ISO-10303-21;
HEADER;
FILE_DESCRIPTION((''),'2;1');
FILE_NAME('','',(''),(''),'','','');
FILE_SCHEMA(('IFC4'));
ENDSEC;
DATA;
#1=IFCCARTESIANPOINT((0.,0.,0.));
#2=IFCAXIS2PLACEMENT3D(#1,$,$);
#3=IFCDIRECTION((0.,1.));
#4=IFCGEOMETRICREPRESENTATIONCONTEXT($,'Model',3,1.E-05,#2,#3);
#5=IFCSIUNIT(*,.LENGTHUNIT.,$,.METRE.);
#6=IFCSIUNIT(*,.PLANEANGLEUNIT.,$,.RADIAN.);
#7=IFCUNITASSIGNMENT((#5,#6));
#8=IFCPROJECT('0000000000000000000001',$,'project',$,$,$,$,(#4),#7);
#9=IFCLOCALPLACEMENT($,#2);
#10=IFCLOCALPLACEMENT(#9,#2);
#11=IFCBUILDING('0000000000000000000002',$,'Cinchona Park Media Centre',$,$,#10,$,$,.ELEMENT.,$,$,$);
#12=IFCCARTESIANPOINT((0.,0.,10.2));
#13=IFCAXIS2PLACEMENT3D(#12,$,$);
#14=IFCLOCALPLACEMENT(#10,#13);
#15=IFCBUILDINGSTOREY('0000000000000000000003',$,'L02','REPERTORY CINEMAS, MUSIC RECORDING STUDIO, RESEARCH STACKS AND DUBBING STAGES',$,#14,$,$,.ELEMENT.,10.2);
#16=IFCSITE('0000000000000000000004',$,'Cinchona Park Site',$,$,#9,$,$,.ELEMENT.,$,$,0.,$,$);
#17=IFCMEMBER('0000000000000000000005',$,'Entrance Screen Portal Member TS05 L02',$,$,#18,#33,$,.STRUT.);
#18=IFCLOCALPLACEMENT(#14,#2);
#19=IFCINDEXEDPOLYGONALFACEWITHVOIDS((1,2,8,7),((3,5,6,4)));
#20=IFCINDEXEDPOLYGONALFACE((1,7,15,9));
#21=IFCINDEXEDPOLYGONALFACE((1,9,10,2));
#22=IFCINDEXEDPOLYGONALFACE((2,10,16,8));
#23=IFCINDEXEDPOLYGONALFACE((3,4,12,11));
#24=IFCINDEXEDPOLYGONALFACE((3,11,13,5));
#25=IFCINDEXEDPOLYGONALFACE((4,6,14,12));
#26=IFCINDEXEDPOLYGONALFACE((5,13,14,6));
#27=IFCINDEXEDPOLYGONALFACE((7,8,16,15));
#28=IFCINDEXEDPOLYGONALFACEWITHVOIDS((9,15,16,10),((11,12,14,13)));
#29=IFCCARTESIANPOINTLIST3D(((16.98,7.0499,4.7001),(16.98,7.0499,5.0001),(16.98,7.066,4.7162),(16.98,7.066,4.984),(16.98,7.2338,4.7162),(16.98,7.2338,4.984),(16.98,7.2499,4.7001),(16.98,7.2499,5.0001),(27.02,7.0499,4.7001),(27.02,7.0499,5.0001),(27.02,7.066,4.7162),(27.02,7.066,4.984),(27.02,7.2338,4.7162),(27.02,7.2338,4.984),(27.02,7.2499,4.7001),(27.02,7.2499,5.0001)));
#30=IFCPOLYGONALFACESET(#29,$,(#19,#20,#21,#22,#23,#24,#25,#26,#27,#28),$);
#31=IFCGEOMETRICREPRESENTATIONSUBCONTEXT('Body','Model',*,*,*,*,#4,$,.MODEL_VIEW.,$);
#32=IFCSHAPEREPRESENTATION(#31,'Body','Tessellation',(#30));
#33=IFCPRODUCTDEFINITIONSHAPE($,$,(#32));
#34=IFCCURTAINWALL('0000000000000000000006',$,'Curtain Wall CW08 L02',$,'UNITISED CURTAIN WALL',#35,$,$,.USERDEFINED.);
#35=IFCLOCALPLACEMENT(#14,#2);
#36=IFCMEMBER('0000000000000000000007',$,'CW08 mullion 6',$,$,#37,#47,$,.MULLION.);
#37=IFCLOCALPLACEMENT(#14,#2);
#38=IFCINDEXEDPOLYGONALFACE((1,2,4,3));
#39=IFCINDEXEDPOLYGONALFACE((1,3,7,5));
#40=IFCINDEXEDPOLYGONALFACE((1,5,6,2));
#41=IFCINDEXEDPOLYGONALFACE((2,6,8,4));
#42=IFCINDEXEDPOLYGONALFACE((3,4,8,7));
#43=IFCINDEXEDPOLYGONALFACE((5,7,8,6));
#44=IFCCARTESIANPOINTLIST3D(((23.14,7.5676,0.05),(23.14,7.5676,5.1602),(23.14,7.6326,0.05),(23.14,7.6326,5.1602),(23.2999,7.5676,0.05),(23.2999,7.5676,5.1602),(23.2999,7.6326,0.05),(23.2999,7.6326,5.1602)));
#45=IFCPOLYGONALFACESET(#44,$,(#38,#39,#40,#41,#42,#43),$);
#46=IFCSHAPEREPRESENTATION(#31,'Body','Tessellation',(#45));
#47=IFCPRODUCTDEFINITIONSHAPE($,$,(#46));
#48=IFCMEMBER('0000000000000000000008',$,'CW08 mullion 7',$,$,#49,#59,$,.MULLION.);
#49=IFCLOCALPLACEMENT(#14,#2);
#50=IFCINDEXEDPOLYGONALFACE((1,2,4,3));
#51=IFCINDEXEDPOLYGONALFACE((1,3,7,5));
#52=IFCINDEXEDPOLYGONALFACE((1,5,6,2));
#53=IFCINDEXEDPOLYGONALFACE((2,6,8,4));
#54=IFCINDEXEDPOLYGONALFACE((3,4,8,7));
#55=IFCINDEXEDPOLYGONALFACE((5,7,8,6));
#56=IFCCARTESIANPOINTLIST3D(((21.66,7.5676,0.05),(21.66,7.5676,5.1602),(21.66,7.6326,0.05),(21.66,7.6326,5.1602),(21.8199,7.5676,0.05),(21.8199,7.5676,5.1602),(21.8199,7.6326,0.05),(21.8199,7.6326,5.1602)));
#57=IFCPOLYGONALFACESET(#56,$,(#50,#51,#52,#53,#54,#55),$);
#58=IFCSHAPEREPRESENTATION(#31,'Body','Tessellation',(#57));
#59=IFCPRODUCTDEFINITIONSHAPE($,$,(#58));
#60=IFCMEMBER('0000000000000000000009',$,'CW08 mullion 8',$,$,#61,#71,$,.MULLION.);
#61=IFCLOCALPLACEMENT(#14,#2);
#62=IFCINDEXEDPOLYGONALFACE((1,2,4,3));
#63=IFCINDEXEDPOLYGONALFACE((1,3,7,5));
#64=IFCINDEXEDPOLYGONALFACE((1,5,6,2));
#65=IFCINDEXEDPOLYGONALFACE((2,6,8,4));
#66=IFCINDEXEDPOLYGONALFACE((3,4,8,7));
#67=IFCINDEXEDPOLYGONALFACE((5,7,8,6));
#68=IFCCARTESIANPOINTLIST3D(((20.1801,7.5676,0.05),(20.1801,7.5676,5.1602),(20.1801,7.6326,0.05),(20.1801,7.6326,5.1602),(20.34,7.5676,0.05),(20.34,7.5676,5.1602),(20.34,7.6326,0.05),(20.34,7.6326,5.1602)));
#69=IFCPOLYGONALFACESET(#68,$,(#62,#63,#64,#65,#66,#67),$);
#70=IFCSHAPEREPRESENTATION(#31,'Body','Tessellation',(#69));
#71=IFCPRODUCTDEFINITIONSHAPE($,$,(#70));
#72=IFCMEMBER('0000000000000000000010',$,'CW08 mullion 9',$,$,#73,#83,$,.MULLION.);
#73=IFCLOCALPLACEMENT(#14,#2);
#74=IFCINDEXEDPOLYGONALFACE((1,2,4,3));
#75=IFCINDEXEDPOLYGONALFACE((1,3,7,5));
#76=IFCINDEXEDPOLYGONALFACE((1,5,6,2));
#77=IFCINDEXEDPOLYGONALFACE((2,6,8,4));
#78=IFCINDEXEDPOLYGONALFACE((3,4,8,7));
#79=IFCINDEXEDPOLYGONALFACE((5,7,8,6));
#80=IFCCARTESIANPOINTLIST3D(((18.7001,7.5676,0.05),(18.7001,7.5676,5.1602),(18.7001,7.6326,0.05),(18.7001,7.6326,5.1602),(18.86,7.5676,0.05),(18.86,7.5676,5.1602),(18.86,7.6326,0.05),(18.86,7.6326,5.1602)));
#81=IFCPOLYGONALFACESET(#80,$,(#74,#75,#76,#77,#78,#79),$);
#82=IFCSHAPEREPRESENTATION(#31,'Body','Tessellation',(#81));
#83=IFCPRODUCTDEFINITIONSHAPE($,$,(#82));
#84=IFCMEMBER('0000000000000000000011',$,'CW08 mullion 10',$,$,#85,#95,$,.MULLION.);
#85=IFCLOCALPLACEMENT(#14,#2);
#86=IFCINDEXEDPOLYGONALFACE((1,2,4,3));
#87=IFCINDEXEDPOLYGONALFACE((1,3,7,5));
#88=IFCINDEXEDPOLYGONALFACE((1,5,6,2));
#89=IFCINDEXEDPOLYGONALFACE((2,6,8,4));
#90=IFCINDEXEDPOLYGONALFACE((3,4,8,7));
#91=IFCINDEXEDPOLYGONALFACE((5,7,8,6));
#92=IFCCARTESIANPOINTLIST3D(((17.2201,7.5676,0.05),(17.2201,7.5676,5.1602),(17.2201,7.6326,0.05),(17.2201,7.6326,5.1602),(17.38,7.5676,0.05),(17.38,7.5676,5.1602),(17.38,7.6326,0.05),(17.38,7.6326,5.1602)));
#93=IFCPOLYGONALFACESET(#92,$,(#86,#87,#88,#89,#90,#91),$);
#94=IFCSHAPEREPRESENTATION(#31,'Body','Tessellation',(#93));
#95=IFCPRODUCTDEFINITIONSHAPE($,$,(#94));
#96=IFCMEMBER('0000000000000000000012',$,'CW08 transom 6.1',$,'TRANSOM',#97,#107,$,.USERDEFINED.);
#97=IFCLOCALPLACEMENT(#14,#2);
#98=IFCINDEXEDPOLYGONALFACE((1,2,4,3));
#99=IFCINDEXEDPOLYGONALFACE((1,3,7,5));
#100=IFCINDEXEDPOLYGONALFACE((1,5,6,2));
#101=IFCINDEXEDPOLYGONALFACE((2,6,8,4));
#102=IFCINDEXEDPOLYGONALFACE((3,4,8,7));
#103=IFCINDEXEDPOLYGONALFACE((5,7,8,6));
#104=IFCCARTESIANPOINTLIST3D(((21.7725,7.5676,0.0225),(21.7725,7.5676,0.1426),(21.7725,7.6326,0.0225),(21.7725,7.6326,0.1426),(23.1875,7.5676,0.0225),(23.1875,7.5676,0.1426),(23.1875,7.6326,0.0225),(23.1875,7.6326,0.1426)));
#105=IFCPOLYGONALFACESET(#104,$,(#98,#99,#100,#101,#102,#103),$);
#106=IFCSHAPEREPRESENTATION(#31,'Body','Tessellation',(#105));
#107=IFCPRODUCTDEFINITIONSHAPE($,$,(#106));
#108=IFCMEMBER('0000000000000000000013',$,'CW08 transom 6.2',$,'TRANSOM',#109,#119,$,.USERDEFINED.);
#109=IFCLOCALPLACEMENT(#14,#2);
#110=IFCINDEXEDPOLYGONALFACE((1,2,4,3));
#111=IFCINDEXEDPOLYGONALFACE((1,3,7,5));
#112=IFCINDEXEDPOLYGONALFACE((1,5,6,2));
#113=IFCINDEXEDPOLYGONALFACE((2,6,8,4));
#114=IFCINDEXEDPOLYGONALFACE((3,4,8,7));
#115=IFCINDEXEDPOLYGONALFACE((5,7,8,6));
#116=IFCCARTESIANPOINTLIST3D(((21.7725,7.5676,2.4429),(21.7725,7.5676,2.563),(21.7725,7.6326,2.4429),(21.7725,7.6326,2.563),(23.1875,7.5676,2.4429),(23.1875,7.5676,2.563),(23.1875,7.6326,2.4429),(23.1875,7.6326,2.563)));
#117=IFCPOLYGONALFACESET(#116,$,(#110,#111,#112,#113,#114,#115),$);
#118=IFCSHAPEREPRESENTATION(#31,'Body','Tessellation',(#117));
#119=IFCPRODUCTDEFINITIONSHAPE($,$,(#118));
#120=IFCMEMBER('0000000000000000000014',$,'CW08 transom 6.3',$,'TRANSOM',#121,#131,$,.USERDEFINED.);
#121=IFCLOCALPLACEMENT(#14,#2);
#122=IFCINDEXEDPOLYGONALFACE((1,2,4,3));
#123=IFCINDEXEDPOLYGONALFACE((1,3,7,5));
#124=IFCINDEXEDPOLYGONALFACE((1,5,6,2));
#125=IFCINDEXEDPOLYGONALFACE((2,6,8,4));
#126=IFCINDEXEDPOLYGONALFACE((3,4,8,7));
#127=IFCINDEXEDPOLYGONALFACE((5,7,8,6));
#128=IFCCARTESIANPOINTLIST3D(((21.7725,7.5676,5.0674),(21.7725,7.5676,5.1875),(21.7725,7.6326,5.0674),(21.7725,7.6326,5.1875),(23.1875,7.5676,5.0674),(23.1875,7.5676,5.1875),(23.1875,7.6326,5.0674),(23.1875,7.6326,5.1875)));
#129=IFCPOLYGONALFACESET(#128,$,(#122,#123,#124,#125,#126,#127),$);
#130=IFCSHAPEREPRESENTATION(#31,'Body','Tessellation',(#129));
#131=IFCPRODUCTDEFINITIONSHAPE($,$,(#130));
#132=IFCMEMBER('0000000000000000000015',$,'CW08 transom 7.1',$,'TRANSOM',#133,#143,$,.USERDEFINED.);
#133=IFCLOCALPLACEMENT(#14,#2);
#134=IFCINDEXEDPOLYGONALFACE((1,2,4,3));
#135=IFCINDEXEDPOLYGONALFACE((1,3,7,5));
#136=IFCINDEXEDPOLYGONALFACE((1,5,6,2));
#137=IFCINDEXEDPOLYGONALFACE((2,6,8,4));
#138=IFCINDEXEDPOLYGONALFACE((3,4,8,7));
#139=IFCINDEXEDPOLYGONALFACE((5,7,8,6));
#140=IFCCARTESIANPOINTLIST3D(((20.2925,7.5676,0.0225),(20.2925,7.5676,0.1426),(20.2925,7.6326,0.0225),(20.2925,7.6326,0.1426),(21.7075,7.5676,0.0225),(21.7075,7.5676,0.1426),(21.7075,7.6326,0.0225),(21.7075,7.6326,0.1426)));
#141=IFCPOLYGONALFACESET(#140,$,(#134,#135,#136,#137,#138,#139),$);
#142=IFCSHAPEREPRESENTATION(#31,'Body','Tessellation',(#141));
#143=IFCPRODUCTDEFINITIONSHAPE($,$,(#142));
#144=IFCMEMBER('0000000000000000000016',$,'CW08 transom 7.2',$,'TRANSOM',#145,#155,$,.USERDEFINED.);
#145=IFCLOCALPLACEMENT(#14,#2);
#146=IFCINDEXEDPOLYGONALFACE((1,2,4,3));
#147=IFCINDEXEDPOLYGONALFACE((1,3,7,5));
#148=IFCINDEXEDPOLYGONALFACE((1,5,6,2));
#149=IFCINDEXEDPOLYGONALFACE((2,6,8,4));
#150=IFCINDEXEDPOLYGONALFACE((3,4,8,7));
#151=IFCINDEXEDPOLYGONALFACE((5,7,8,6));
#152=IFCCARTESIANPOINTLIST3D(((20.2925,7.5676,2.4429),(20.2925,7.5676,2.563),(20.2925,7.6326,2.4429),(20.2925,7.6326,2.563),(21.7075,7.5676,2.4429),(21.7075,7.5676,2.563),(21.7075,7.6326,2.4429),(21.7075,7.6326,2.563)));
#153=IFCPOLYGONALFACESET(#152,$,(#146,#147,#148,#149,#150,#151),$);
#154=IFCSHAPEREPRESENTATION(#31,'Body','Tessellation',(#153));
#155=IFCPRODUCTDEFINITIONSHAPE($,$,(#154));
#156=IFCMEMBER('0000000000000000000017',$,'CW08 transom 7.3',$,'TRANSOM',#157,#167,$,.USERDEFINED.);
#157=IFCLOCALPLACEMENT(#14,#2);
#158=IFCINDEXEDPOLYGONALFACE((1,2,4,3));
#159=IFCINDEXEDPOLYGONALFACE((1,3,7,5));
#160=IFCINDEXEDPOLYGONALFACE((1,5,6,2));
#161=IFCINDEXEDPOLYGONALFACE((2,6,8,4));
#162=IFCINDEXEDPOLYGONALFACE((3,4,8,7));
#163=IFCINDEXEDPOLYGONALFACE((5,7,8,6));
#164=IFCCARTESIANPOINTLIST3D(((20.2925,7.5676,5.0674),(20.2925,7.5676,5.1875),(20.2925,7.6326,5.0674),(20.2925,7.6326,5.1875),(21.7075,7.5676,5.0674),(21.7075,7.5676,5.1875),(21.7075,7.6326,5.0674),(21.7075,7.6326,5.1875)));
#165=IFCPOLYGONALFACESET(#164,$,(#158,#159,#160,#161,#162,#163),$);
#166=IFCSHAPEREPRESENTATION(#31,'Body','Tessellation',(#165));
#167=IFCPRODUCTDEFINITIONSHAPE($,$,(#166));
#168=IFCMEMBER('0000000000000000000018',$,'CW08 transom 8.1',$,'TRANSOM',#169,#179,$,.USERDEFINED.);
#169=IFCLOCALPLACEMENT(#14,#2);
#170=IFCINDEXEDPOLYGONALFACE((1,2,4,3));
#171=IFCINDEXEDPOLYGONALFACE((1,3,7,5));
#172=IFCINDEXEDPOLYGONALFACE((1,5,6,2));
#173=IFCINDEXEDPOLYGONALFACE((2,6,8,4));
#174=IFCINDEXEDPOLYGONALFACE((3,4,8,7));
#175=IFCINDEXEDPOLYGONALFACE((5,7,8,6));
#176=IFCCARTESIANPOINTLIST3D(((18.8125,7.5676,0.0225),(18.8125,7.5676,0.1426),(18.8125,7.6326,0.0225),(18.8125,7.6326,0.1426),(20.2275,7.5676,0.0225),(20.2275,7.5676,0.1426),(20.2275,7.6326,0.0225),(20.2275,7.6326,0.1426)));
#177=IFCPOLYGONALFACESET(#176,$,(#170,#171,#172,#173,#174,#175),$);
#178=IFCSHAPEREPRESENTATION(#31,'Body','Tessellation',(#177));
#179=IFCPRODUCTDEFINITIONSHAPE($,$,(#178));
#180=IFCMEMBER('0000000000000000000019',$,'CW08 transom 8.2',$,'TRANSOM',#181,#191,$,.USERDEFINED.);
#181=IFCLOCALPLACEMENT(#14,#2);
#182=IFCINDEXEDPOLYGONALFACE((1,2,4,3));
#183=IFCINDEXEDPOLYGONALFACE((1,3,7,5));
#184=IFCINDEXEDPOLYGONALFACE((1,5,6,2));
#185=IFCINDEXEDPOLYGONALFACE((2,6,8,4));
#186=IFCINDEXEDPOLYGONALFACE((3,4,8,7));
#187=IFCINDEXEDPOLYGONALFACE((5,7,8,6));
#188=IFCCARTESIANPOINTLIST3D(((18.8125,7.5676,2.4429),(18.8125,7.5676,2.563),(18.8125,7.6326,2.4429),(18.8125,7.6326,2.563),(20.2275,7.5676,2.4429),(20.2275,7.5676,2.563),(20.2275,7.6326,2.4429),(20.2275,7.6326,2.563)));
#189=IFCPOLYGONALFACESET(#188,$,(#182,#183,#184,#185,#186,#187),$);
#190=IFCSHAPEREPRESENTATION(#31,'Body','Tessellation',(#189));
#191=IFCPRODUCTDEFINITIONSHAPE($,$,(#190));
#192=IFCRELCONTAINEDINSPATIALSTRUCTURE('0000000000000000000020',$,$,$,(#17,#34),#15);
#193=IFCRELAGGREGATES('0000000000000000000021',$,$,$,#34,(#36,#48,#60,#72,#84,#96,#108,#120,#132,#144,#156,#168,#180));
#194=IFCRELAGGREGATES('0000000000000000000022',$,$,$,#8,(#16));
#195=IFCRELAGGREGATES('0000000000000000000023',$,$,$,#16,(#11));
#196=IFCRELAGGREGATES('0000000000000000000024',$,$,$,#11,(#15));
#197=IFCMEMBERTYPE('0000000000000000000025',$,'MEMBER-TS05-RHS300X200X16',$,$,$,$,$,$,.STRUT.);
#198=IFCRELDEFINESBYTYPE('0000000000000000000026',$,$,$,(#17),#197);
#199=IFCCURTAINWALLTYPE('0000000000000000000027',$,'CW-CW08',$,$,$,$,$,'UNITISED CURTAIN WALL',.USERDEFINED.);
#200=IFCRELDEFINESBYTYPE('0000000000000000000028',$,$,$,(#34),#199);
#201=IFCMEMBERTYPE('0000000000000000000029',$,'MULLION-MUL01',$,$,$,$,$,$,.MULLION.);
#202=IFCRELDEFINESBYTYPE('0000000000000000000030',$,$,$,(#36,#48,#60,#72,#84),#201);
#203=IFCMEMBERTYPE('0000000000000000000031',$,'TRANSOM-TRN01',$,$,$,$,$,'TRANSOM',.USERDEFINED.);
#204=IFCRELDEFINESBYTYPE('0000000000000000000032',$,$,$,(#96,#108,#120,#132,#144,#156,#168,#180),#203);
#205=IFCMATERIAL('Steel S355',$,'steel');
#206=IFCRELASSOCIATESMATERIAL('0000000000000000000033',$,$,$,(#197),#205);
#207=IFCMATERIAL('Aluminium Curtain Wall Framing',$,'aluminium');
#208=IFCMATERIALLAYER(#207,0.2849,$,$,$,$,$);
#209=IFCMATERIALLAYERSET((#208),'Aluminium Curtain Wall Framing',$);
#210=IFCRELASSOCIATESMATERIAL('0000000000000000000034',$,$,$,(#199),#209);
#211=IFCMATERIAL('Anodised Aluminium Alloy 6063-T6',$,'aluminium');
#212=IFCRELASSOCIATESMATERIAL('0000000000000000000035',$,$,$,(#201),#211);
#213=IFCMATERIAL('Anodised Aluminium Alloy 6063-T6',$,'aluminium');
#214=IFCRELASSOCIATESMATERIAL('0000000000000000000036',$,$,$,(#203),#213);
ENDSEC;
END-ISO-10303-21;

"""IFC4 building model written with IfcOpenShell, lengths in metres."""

from ifc_helpers import new_model, si_unit, direction, frame, origin, origin_2d, place, context, subcontext, project, spatial, rectangle, hollow_rectangle, extrude, material, layer, layer_set, material_profile, profile_set, type_object, element, aggregate, save


model = new_model("IFC4")

# Units and contexts
model_context = context("Model", 3, precision=1e-05, world=origin(), true_north=direction((0.0, 1.0)))
body_context = subcontext(model_context, "Body", "Model", "MODEL_VIEW")
ifc_project = project(units=[si_unit("LENGTHUNIT", "METRE"), si_unit("PLANEANGLEUNIT", "RADIAN")], contexts=[model_context])

# Site, building, storey
site_placement = place(None, origin())
site = spatial("IfcSite", under=ifc_project, at=site_placement, Name="Cinchona Park Site", CompositionType="ELEMENT", RefElevation=0.0)
building_placement = place(site_placement, origin())
building = spatial("IfcBuilding", under=site, at=building_placement, Name="Cinchona Park Media Centre", CompositionType="ELEMENT")
storey_placement = place(building_placement, frame((0.0, 0.0, 10.2)))
storey = spatial("IfcBuildingStorey", under=building, at=storey_placement, Name="L02", Description="REPERTORY CINEMAS, MUSIC RECORDING STUDIO, RESEARCH STACKS AND DUBBING STAGES", CompositionType="ELEMENT", Elevation=10.2)

# Member
ifc_material_1 = material(Name="Steel S355", Category="steel")
ifc_material_profile_1 = material_profile(ifc_material_1, hollow_rectangle(XDim=0.2, YDim=0.3, WallThickness=0.0161, at=origin_2d()), Name="300X200X16RHS")
ifc_profile_set_1 = profile_set([ifc_material_profile_1], Name="Steel S355")
member_type_1 = type_object("IfcMemberType", Name="MEMBER-TS05-RHS300X200X16", PredefinedType="STRUT", material=ifc_profile_set_1)
member_1_placement = place(storey_placement, frame((16.98, 7.1499, 4.8501), z_axis=(1.0, 0.0, 0.0), x_axis=(0.0, 1.0, 0.0)))
element("IfcMember", 1, at=member_1_placement, inside=storey, type_object=member_type_1, Name="Entrance Screen Portal Member TS05 L02", PredefinedType="STRUT", context=body_context, shape_type="SweptSolid", body=[
    extrude(hollow_rectangle(XDim=0.2, YDim=0.3, WallThickness=0.0161, at=origin_2d()), origin(), (0.0, 0.0, 1.0), 10.04),
])

# Curtain wall, members
ifc_material_2 = material(Name="Aluminium Curtain Wall Framing", Category="aluminium")
ifc_layer_1 = layer(ifc_material_2, 0.2849)
ifc_layer_set_1 = layer_set([ifc_layer_1], Name="Aluminium Curtain Wall Framing")
curtain_wall_type = type_object("IfcCurtainWallType", Name="CW-CW08", ElementType="UNITISED CURTAIN WALL", PredefinedType="USERDEFINED", material=ifc_layer_set_1)
curtain_wall_placement = place(storey_placement, origin())
curtain_wall = element("IfcCurtainWall", 2, at=curtain_wall_placement, inside=storey, type_object=curtain_wall_type, Name="Curtain Wall CW08 L02", ObjectType="UNITISED CURTAIN WALL", PredefinedType="USERDEFINED")
ifc_material_3 = material(Name="Anodised Aluminium Alloy 6063-T6", Category="aluminium")
ifc_material_profile_2 = material_profile(ifc_material_3, rectangle(XDim=0.0649, YDim=0.1599, at=origin_2d()), Name="MUL-65X160")
ifc_profile_set_2 = profile_set([ifc_material_profile_2], Name="Anodised Aluminium Alloy 6063-T6")
member_type_2 = type_object("IfcMemberType", Name="MULLION-MUL01", PredefinedType="MULLION", material=ifc_profile_set_2)
member_2_placement = place(storey_placement, frame((23.22, 7.6001, 0.05), z_axis=(0.0, 0.0, 1.0), x_axis=(0.0, -1.0, 0.0)))
member_2 = element("IfcMember", 3, at=member_2_placement, type_object=member_type_2, Name="CW08 mullion 6", PredefinedType="MULLION", context=body_context, shape_type="SweptSolid", body=[
    extrude(rectangle(XDim=0.0649, YDim=0.1599, at=origin_2d()), origin(), (0.0, 0.0, 1.0), 5.1101),
])
member_3_placement = place(storey_placement, frame((21.74, 7.6001, 0.05), z_axis=(0.0, 0.0, 1.0), x_axis=(0.0, -1.0, 0.0)))
member_3 = element("IfcMember", 4, at=member_3_placement, type_object=member_type_2, Name="CW08 mullion 7", PredefinedType="MULLION", context=body_context, shape_type="SweptSolid", body=[
    extrude(rectangle(XDim=0.0649, YDim=0.1599, at=origin_2d()), origin(), (0.0, 0.0, 1.0), 5.1101),
])
member_4_placement = place(storey_placement, frame((20.26, 7.6001, 0.05), z_axis=(0.0, 0.0, 1.0), x_axis=(0.0, -1.0, 0.0)))
member_4 = element("IfcMember", 5, at=member_4_placement, type_object=member_type_2, Name="CW08 mullion 8", PredefinedType="MULLION", context=body_context, shape_type="SweptSolid", body=[
    extrude(rectangle(XDim=0.0649, YDim=0.1599, at=origin_2d()), origin(), (0.0, 0.0, 1.0), 5.1101),
])
member_5_placement = place(storey_placement, frame((18.78, 7.6001, 0.05), z_axis=(0.0, 0.0, 1.0), x_axis=(0.0, -1.0, 0.0)))
member_5 = element("IfcMember", 6, at=member_5_placement, type_object=member_type_2, Name="CW08 mullion 9", PredefinedType="MULLION", context=body_context, shape_type="SweptSolid", body=[
    extrude(rectangle(XDim=0.0649, YDim=0.1599, at=origin_2d()), origin(), (0.0, 0.0, 1.0), 5.1101),
])
member_6_placement = place(storey_placement, frame((17.3, 7.6001, 0.05), z_axis=(0.0, 0.0, 1.0), x_axis=(0.0, -1.0, 0.0)))
member_6 = element("IfcMember", 7, at=member_6_placement, type_object=member_type_2, Name="CW08 mullion 10", PredefinedType="MULLION", context=body_context, shape_type="SweptSolid", body=[
    extrude(rectangle(XDim=0.0649, YDim=0.1599, at=origin_2d()), origin(), (0.0, 0.0, 1.0), 5.1101),
])
ifc_material_4 = material(Name="Anodised Aluminium Alloy 6063-T6", Category="aluminium")
ifc_material_profile_3 = material_profile(ifc_material_4, rectangle(XDim=0.0649, YDim=0.1201, at=origin_2d()), Name="TRN-65X120")
ifc_profile_set_3 = profile_set([ifc_material_profile_3], Name="Anodised Aluminium Alloy 6063-T6")
member_type_3 = type_object("IfcMemberType", Name="TRANSOM-TRN01", ElementType="TRANSOM", PredefinedType="USERDEFINED", material=ifc_profile_set_3)
member_7_placement = place(storey_placement, frame((23.1875, 7.6001, 0.0825), z_axis=(-1.0, 0.0, 0.0), x_axis=(0.0, -1.0, 0.0)))
member_7 = element("IfcMember", 8, at=member_7_placement, type_object=member_type_3, Name="CW08 transom 6.1", ObjectType="TRANSOM", PredefinedType="USERDEFINED", context=body_context, shape_type="SweptSolid", body=[
    extrude(rectangle(XDim=0.0649, YDim=0.1201, at=origin_2d()), origin(), (0.0, 0.0, 1.0), 1.415),
])
member_8_placement = place(storey_placement, frame((23.1875, 7.6001, 2.5029), z_axis=(-1.0, 0.0, 0.0), x_axis=(0.0, -1.0, 0.0)))
member_8 = element("IfcMember", 9, at=member_8_placement, type_object=member_type_3, Name="CW08 transom 6.2", ObjectType="TRANSOM", PredefinedType="USERDEFINED", context=body_context, shape_type="SweptSolid", body=[
    extrude(rectangle(XDim=0.0649, YDim=0.1201, at=origin_2d()), origin(), (0.0, 0.0, 1.0), 1.415),
])
member_9_placement = place(storey_placement, frame((23.1875, 7.6001, 5.1274), z_axis=(-1.0, 0.0, 0.0), x_axis=(0.0, -1.0, 0.0)))
member_9 = element("IfcMember", 10, at=member_9_placement, type_object=member_type_3, Name="CW08 transom 6.3", ObjectType="TRANSOM", PredefinedType="USERDEFINED", context=body_context, shape_type="SweptSolid", body=[
    extrude(rectangle(XDim=0.0649, YDim=0.1201, at=origin_2d()), origin(), (0.0, 0.0, 1.0), 1.415),
])
member_10_placement = place(storey_placement, frame((21.7075, 7.6001, 0.0825), z_axis=(-1.0, 0.0, 0.0), x_axis=(0.0, -1.0, 0.0)))
member_10 = element("IfcMember", 11, at=member_10_placement, type_object=member_type_3, Name="CW08 transom 7.1", ObjectType="TRANSOM", PredefinedType="USERDEFINED", context=body_context, shape_type="SweptSolid", body=[
    extrude(rectangle(XDim=0.0649, YDim=0.1201, at=origin_2d()), origin(), (0.0, 0.0, 1.0), 1.415),
])
member_11_placement = place(storey_placement, frame((21.7075, 7.6001, 2.5029), z_axis=(-1.0, 0.0, 0.0), x_axis=(0.0, -1.0, 0.0)))
member_11 = element("IfcMember", 12, at=member_11_placement, type_object=member_type_3, Name="CW08 transom 7.2", ObjectType="TRANSOM", PredefinedType="USERDEFINED", context=body_context, shape_type="SweptSolid", body=[
    extrude(rectangle(XDim=0.0649, YDim=0.1201, at=origin_2d()), origin(), (0.0, 0.0, 1.0), 1.415),
])
member_12_placement = place(storey_placement, frame((21.7075, 7.6001, 5.1274), z_axis=(-1.0, 0.0, 0.0), x_axis=(0.0, -1.0, 0.0)))
member_12 = element("IfcMember", 13, at=member_12_placement, type_object=member_type_3, Name="CW08 transom 7.3", ObjectType="TRANSOM", PredefinedType="USERDEFINED", context=body_context, shape_type="SweptSolid", body=[
    extrude(rectangle(XDim=0.0649, YDim=0.1201, at=origin_2d()), origin(), (0.0, 0.0, 1.0), 1.415),
])
member_13_placement = place(storey_placement, frame((20.2275, 7.6001, 0.0825), z_axis=(-1.0, 0.0, 0.0), x_axis=(0.0, -1.0, 0.0)))
member_13 = element("IfcMember", 14, at=member_13_placement, type_object=member_type_3, Name="CW08 transom 8.1", ObjectType="TRANSOM", PredefinedType="USERDEFINED", context=body_context, shape_type="SweptSolid", body=[
    extrude(rectangle(XDim=0.0649, YDim=0.1201, at=origin_2d()), origin(), (0.0, 0.0, 1.0), 1.415),
])
member_14_placement = place(storey_placement, frame((20.2275, 7.6001, 2.5029), z_axis=(-1.0, 0.0, 0.0), x_axis=(0.0, -1.0, 0.0)))
member_14 = element("IfcMember", 15, at=member_14_placement, type_object=member_type_3, Name="CW08 transom 8.2", ObjectType="TRANSOM", PredefinedType="USERDEFINED", context=body_context, shape_type="SweptSolid", body=[
    extrude(rectangle(XDim=0.0649, YDim=0.1201, at=origin_2d()), origin(), (0.0, 0.0, 1.0), 1.415),
])
aggregate(curtain_wall, [member_2, member_3, member_4, member_5, member_6, member_7, member_8, member_9, member_10, member_11, member_12, member_13, member_14])

save(model, "model.ifc")
